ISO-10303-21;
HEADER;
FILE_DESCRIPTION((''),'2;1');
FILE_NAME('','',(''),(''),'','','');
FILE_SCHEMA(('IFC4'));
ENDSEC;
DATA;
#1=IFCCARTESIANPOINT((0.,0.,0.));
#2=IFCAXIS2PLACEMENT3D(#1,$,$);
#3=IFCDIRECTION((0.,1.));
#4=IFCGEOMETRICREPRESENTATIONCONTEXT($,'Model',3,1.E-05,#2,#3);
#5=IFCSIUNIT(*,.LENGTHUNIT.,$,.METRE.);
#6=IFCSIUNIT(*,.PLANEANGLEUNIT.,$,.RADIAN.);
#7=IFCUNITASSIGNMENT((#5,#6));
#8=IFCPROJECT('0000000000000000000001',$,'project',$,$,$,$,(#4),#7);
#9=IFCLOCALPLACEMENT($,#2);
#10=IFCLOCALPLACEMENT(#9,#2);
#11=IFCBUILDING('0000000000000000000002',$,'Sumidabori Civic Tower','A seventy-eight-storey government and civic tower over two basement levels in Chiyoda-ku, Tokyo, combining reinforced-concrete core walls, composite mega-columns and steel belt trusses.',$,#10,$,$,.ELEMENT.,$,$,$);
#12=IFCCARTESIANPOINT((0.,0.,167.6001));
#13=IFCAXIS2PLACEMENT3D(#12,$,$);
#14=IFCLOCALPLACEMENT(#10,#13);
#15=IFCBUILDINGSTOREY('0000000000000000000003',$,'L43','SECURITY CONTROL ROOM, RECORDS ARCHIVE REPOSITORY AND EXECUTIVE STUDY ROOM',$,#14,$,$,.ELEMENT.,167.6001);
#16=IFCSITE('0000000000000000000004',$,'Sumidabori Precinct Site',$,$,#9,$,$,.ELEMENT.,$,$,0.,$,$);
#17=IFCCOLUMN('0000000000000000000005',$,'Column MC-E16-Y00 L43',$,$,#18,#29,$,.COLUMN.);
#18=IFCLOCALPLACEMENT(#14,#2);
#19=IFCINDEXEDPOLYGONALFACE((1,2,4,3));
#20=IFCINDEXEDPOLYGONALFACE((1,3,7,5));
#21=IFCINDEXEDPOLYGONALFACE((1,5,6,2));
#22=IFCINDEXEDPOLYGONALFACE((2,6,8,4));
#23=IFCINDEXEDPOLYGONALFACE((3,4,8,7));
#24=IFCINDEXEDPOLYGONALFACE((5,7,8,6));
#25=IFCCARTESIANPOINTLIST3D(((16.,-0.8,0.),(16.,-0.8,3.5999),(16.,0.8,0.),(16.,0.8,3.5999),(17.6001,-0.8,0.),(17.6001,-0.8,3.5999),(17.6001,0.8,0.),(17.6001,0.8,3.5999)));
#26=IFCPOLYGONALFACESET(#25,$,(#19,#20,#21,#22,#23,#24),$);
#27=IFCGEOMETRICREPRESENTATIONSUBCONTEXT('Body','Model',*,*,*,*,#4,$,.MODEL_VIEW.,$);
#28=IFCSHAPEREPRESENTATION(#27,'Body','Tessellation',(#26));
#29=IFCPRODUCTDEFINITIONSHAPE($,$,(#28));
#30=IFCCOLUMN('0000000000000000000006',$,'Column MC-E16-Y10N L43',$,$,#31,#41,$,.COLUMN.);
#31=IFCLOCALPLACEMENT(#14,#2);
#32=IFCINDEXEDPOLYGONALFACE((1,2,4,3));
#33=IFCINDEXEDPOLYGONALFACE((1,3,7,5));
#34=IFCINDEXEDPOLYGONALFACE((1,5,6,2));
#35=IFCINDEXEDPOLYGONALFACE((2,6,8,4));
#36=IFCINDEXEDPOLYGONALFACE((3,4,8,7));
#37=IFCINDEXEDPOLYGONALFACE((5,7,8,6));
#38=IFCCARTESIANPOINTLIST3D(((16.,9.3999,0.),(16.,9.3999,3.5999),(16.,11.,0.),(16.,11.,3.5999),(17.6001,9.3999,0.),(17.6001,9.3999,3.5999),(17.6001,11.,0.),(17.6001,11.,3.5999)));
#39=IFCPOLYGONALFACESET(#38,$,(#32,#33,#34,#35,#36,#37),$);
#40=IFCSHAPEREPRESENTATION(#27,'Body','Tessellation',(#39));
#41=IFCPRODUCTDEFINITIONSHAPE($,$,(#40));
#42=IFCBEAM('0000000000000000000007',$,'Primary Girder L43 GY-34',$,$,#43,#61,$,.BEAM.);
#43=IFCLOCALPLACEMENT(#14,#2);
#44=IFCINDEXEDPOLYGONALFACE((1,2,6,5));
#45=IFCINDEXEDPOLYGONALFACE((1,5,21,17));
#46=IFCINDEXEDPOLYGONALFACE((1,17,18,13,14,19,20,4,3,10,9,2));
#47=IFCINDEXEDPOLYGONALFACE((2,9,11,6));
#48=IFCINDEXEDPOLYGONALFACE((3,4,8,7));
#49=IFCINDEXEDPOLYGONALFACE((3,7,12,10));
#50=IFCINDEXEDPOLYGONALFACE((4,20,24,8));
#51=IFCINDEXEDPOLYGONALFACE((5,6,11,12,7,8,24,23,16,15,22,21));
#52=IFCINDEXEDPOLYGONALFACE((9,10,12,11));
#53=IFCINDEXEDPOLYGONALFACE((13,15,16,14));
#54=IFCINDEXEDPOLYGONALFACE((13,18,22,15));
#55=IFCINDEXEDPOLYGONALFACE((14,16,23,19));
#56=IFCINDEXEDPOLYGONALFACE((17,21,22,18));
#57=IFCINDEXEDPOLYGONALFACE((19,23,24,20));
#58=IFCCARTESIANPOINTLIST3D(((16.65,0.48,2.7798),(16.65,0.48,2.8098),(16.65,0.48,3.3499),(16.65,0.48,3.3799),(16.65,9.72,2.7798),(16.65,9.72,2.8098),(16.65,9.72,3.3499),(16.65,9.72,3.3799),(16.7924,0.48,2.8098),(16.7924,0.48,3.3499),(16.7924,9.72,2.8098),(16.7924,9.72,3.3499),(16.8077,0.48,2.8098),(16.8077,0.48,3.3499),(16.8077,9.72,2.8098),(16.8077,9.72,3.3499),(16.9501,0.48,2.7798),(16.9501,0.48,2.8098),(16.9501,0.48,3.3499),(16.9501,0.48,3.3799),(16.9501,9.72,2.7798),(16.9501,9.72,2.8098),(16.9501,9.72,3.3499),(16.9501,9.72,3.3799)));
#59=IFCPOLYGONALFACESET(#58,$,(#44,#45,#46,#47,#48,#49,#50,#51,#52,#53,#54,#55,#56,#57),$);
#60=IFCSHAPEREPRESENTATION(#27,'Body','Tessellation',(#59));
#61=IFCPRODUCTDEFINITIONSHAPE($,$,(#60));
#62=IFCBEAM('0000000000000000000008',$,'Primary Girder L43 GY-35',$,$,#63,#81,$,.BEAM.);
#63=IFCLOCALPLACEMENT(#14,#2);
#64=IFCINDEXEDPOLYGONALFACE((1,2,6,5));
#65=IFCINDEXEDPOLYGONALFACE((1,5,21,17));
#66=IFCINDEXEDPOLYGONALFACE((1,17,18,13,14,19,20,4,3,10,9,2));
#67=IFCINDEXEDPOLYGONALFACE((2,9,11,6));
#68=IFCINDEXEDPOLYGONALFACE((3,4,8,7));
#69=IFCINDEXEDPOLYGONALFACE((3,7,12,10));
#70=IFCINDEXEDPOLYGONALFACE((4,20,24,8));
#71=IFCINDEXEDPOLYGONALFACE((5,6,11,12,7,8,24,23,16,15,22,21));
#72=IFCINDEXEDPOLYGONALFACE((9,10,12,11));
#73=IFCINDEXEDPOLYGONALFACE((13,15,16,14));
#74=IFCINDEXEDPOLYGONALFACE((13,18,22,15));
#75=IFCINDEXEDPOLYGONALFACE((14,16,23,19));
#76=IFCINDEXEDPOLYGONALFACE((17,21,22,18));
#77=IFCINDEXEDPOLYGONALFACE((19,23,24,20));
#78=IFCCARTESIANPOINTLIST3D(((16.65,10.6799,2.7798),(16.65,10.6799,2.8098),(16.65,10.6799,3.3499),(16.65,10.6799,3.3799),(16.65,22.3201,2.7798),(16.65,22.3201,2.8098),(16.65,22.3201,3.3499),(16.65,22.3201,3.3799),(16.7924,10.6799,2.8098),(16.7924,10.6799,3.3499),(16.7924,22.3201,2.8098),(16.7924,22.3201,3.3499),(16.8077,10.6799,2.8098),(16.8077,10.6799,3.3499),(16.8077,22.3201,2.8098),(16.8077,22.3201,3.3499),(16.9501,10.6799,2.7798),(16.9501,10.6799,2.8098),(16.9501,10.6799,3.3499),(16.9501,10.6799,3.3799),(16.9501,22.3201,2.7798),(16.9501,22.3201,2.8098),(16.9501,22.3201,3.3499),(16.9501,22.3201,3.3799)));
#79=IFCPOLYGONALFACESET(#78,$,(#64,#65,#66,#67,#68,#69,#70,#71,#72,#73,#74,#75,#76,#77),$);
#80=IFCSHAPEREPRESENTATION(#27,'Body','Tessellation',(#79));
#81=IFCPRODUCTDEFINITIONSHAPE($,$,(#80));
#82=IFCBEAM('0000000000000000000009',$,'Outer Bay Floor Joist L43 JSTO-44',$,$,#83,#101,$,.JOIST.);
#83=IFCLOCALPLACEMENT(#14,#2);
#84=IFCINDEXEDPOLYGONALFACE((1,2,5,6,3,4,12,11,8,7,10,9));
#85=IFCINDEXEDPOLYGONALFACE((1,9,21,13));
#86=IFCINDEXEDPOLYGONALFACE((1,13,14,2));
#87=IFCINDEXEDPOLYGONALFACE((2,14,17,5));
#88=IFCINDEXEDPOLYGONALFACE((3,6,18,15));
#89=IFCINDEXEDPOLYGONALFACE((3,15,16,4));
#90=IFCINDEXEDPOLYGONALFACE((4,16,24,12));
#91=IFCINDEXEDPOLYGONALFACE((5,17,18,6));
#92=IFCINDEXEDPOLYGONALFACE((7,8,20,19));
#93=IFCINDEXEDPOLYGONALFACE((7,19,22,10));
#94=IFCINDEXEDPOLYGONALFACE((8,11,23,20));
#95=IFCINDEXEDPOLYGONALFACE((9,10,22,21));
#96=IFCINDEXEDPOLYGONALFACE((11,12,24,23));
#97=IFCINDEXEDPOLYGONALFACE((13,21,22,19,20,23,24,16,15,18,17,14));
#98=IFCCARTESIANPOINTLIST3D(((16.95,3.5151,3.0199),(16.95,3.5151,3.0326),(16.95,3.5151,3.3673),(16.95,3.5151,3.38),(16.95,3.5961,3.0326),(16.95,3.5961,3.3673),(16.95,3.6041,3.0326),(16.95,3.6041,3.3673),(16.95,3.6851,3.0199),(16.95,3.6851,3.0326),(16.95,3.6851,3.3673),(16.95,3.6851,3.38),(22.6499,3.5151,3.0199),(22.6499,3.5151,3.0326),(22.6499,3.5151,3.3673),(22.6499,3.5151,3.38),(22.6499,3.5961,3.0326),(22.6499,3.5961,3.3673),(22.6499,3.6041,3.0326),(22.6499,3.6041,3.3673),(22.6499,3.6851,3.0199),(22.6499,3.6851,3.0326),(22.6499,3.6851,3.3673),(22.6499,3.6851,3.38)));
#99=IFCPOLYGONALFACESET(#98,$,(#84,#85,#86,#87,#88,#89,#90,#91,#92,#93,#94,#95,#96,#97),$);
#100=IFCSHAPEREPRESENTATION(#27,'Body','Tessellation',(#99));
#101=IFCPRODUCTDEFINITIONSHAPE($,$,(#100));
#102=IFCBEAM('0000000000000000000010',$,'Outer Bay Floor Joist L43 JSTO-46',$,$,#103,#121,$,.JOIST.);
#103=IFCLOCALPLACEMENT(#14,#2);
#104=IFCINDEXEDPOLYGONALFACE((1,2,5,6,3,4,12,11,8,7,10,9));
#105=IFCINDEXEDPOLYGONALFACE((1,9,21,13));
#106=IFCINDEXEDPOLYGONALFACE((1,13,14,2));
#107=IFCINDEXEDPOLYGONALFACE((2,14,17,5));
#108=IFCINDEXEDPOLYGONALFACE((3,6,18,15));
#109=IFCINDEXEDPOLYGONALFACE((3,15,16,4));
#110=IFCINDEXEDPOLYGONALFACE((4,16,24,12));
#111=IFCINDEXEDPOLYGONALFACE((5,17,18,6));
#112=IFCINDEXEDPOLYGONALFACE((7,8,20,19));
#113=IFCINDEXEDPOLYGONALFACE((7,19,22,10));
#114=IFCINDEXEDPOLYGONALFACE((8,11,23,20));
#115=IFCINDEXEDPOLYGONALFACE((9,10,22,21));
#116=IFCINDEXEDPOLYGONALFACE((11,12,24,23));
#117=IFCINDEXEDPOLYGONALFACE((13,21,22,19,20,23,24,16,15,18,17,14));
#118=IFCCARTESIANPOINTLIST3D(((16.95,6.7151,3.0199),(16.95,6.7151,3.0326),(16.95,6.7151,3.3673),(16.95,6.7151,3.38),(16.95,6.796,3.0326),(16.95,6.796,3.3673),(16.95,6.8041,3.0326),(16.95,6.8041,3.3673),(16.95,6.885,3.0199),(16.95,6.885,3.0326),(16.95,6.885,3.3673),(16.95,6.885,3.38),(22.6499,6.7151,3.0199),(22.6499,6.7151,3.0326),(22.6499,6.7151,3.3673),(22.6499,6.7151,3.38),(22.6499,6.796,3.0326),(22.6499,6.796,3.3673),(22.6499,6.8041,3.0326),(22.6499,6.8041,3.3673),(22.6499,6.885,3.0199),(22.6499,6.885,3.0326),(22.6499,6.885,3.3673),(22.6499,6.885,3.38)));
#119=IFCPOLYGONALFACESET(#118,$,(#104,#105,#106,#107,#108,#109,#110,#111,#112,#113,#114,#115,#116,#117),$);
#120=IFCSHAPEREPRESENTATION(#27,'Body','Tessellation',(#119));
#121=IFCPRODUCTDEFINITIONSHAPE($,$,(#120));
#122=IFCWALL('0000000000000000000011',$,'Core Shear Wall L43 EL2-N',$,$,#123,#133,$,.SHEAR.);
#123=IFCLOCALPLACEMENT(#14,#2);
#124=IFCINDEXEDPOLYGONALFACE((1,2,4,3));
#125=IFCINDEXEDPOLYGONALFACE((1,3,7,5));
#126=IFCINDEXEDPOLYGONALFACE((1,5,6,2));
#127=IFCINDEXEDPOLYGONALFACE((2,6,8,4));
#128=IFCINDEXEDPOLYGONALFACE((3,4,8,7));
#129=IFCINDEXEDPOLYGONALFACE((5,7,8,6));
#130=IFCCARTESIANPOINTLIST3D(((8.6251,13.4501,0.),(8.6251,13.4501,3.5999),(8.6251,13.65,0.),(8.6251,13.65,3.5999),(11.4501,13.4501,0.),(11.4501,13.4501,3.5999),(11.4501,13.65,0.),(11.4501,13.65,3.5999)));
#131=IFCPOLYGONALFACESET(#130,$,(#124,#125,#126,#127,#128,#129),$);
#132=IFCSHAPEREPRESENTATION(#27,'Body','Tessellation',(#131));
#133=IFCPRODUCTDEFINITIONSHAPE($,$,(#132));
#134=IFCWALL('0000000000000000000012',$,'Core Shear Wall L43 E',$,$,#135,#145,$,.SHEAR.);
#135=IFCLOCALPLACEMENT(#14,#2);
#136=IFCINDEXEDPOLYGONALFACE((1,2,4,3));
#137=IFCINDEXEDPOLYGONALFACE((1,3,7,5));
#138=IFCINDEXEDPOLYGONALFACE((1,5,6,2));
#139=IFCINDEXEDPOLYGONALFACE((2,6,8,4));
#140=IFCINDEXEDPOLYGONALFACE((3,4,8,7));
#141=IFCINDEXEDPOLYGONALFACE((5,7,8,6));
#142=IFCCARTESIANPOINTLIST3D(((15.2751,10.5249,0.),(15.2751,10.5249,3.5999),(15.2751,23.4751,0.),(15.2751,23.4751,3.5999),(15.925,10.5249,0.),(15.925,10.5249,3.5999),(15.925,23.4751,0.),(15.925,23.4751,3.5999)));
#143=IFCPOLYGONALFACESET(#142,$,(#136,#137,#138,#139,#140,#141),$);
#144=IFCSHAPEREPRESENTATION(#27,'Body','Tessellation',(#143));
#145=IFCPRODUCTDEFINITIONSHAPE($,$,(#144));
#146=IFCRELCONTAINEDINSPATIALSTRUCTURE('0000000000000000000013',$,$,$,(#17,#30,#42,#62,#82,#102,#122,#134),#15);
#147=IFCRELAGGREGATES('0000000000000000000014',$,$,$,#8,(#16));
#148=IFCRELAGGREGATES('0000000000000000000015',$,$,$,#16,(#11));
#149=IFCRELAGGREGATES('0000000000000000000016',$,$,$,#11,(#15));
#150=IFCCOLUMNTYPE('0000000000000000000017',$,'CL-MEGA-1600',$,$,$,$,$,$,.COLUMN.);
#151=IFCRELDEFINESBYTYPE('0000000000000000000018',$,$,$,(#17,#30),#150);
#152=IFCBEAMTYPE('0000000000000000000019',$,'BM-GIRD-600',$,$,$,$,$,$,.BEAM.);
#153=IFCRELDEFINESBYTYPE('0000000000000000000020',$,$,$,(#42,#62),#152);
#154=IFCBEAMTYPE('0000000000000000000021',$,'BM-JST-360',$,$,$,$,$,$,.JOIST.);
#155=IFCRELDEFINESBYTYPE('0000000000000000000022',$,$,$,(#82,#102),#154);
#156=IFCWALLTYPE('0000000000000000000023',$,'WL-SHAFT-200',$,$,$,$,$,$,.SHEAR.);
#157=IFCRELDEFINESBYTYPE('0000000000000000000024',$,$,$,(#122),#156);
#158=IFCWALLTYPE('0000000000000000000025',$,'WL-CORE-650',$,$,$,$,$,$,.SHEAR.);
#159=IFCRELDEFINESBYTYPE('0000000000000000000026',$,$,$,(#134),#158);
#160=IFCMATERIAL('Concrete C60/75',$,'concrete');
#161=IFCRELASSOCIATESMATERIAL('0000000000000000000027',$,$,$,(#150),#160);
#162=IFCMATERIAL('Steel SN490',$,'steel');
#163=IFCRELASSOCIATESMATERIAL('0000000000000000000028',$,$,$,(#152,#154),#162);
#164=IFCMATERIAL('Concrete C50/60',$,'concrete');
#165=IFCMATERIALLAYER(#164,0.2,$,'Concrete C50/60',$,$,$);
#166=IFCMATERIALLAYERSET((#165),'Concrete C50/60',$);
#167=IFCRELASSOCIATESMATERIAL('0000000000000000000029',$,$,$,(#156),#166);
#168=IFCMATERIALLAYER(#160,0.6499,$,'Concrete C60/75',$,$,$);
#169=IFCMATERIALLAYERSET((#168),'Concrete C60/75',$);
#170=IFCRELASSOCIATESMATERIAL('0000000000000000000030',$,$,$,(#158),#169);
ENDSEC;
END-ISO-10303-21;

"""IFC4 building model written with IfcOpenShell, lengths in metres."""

from ifc_helpers import new_model, si_unit, direction, frame, frame_2d, origin, origin_2d, place, context, subcontext, project, spatial, rectangle, i_section, extrude, source, transform, mapped, material, layer, layer_set, material_profile, profile_set, type_object, element, save


model = new_model("IFC4")

# Units and contexts
model_context = context("Model", 3, precision=1e-05, world=origin(), true_north=direction((0.0, 1.0)))
body_context = subcontext(model_context, "Body", "Model", "MODEL_VIEW")
ifc_project = project(units=[si_unit("LENGTHUNIT", "METRE"), si_unit("PLANEANGLEUNIT", "RADIAN")], contexts=[model_context])

# Site, building, storey
site_placement = place(None, origin())
site = spatial("IfcSite", under=ifc_project, at=site_placement, Name="Sumidabori Precinct Site", CompositionType="ELEMENT", RefElevation=0.0)
building_placement = place(site_placement, origin())
building = spatial("IfcBuilding", under=site, at=building_placement, Name="Sumidabori Civic Tower", Description="A seventy-eight-storey government and civic tower over two basement levels in Chiyoda-ku, Tokyo, combining reinforced-concrete core walls, composite mega-columns and steel belt trusses.", CompositionType="ELEMENT")
storey_placement = place(building_placement, frame((0.0, 0.0, 167.6001)))
storey = spatial("IfcBuildingStorey", under=building, at=storey_placement, Name="L43", Description="SECURITY CONTROL ROOM, RECORDS ARCHIVE REPOSITORY AND EXECUTIVE STUDY ROOM", CompositionType="ELEMENT", Elevation=167.6001)

# Columns
ifc_material_1 = material(Name="Concrete C60/75", Category="concrete")
ifc_material_profile_1 = material_profile(ifc_material_1, rectangle(XDim=1.6001, YDim=1.6001, at=origin_2d()), Name="RC 1600x1600")
ifc_profile_set_1 = profile_set([ifc_material_profile_1], Name="Concrete C60/75")
column_type = type_object("IfcColumnType", Name="CL-MEGA-1600", PredefinedType="COLUMN", material=ifc_profile_set_1)
shared_shape_1 = source(origin(), body_context, "Body", "SweptSolid", [
    extrude(rectangle(XDim=1.6001, YDim=1.6001, at=origin_2d()), origin(), (0.0, 0.0, 1.0), 3.5999),
])
for number, where, z_axis, x_axis, name in (
    (1, (16.8, 0.0, 0.0), (0.0, 0.0, 1.0), (1.0, 0.0, 0.0), "Column MC-E16-Y00 L43"),
    (2, (16.8, 10.2, 0.0), (0.0, 0.0, 1.0), (1.0, 0.0, 0.0), "Column MC-E16-Y10N L43"),
):
    element("IfcColumn", number, at=place(storey_placement, frame(where, z_axis=z_axis, x_axis=x_axis)), inside=storey, type_object=column_type, Name=name, PredefinedType="COLUMN", context=body_context, shape_type="MappedRepresentation", body=[
        mapped(shared_shape_1, transform((0.0, 0.0, 0.0), x_axis=(1.0, 0.0, 0.0), y_axis=(0.0, 1.0, 0.0), z_axis=(0.0, 0.0, 1.0), scale=1.0)),
    ])

# Beams
ifc_material_2 = material(Name="Steel SN490", Category="steel")
ifc_material_profile_2 = material_profile(ifc_material_2, i_section(OverallWidth=0.3, OverallDepth=0.6001, WebThickness=0.0154, FlangeThickness=0.03, at=origin_2d()), Name="HE 600 B")
ifc_profile_set_2 = profile_set([ifc_material_profile_2], Name="Steel SN490")
beam_type_1 = type_object("IfcBeamType", Name="BM-GIRD-600", PredefinedType="BEAM", material=ifc_profile_set_2)
shared_shape_2 = source(origin(), body_context, "Body", "SweptSolid", [
    extrude(i_section(OverallWidth=0.3, OverallDepth=0.6001, WebThickness=0.0154, FlangeThickness=0.03, at=origin_2d()), origin(), (0.0, 0.0, 1.0), 9.24),
])
beam_1_placement = place(storey_placement, frame((16.8, 0.48, 3.0798), z_axis=(0.0, 1.0, 0.0), x_axis=(-1.0, 0.0, 0.0)))
element("IfcBeam", 3, at=beam_1_placement, inside=storey, type_object=beam_type_1, Name="Primary Girder L43 GY-34", PredefinedType="BEAM", context=body_context, shape_type="MappedRepresentation", body=[
    mapped(shared_shape_2, transform((0.0, 0.0, 0.0), x_axis=(1.0, 0.0, 0.0), y_axis=(0.0, 1.0, 0.0), z_axis=(0.0, 0.0, 1.0), scale=1.0)),
])
shared_shape_3 = source(origin(), body_context, "Body", "SweptSolid", [
    extrude(i_section(OverallWidth=0.3, OverallDepth=0.6001, WebThickness=0.0154, FlangeThickness=0.03, at=origin_2d()), origin(), (0.0, 0.0, 1.0), 11.6401),
])
beam_2_placement = place(storey_placement, frame((16.8, 10.6799, 3.0798), z_axis=(0.0, 1.0, 0.0), x_axis=(-1.0, 0.0, 0.0)))
element("IfcBeam", 4, at=beam_2_placement, inside=storey, type_object=beam_type_1, Name="Primary Girder L43 GY-35", PredefinedType="BEAM", context=body_context, shape_type="MappedRepresentation", body=[
    mapped(shared_shape_3, transform((0.0, 0.0, 0.0), x_axis=(1.0, 0.0, 0.0), y_axis=(0.0, 1.0, 0.0), z_axis=(0.0, 0.0, 1.0), scale=1.0)),
])
ifc_material_profile_3 = material_profile(ifc_material_2, i_section(OverallWidth=0.1699, OverallDepth=0.3601, WebThickness=0.0081, FlangeThickness=0.0127, at=origin_2d()), Name="IPE 360")
ifc_profile_set_3 = profile_set([ifc_material_profile_3], Name="Steel SN490")
beam_type_2 = type_object("IfcBeamType", Name="BM-JST-360", PredefinedType="JOIST", material=ifc_profile_set_3)
shared_shape_4 = source(origin(), body_context, "Body", "SweptSolid", [
    extrude(i_section(OverallWidth=0.1699, OverallDepth=0.3601, WebThickness=0.0081, FlangeThickness=0.0127, at=origin_2d()), origin(), (0.0, 0.0, 1.0), 5.7),
])
for number, where, z_axis, x_axis, name in (
    (5, (16.95, 3.6001, 3.2), (1.0, 0.0, 0.0), (0.0, 1.0, 0.0), "Outer Bay Floor Joist L43 JSTO-44"),
    (6, (16.95, 6.8, 3.2), (1.0, 0.0, 0.0), (0.0, 1.0, 0.0), "Outer Bay Floor Joist L43 JSTO-46"),
):
    element("IfcBeam", number, at=place(storey_placement, frame(where, z_axis=z_axis, x_axis=x_axis)), inside=storey, type_object=beam_type_2, Name=name, PredefinedType="JOIST", context=body_context, shape_type="MappedRepresentation", body=[
        mapped(shared_shape_4, transform((0.0, 0.0, 0.0), x_axis=(1.0, 0.0, 0.0), y_axis=(0.0, 1.0, 0.0), z_axis=(0.0, 0.0, 1.0), scale=1.0)),
    ])

# Walls
ifc_material_3 = material(Name="Concrete C50/60", Category="concrete")
ifc_layer_1 = layer(ifc_material_3, 0.2, Name="Concrete C50/60")
ifc_layer_set_1 = layer_set([ifc_layer_1], Name="Concrete C50/60")
wall_type_1 = type_object("IfcWallType", Name="WL-SHAFT-200", PredefinedType="SHEAR", material=ifc_layer_set_1)
shared_shape_5 = source(origin(), body_context, "Body", "SweptSolid", [
    extrude(rectangle(XDim=2.825, YDim=0.2, at=frame_2d((1.4126, 0.0))), origin(), (0.0, 0.0, 1.0), 3.5999),
])
wall_1_placement = place(storey_placement, frame((8.625, 13.55, 0.0), z_axis=(0.0, 0.0, 1.0), x_axis=(1.0, 0.0, 0.0)))
element("IfcWall", 7, at=wall_1_placement, inside=storey, type_object=wall_type_1, Name="Core Shear Wall L43 EL2-N", PredefinedType="SHEAR", context=body_context, shape_type="MappedRepresentation", body=[
    mapped(shared_shape_5, transform((0.0, 0.0, 0.0), x_axis=(1.0, 0.0, 0.0), y_axis=(0.0, 1.0, 0.0), z_axis=(0.0, 0.0, 1.0), scale=1.0)),
])
ifc_layer_2 = layer(ifc_material_1, 0.6499, Name="Concrete C60/75")
ifc_layer_set_2 = layer_set([ifc_layer_2], Name="Concrete C60/75")
wall_type_2 = type_object("IfcWallType", Name="WL-CORE-650", PredefinedType="SHEAR", material=ifc_layer_set_2)
shared_shape_6 = source(origin(), body_context, "Body", "SweptSolid", [
    extrude(rectangle(XDim=12.9502, YDim=0.6499, at=frame_2d((6.4751, 0.0))), origin(), (0.0, 0.0, 1.0), 3.5999),
])
wall_2_placement = place(storey_placement, frame((15.6001, 10.5249, 0.0), z_axis=(0.0, 0.0, 1.0), x_axis=(0.0, 1.0, 0.0)))
element("IfcWall", 8, at=wall_2_placement, inside=storey, type_object=wall_type_2, Name="Core Shear Wall L43 E", PredefinedType="SHEAR", context=body_context, shape_type="MappedRepresentation", body=[
    mapped(shared_shape_6, transform((0.0, 0.0, 0.0), x_axis=(1.0, 0.0, 0.0), y_axis=(0.0, 1.0, 0.0), z_axis=(0.0, 0.0, 1.0), scale=1.0)),
])

save(model, "model.ifc")
